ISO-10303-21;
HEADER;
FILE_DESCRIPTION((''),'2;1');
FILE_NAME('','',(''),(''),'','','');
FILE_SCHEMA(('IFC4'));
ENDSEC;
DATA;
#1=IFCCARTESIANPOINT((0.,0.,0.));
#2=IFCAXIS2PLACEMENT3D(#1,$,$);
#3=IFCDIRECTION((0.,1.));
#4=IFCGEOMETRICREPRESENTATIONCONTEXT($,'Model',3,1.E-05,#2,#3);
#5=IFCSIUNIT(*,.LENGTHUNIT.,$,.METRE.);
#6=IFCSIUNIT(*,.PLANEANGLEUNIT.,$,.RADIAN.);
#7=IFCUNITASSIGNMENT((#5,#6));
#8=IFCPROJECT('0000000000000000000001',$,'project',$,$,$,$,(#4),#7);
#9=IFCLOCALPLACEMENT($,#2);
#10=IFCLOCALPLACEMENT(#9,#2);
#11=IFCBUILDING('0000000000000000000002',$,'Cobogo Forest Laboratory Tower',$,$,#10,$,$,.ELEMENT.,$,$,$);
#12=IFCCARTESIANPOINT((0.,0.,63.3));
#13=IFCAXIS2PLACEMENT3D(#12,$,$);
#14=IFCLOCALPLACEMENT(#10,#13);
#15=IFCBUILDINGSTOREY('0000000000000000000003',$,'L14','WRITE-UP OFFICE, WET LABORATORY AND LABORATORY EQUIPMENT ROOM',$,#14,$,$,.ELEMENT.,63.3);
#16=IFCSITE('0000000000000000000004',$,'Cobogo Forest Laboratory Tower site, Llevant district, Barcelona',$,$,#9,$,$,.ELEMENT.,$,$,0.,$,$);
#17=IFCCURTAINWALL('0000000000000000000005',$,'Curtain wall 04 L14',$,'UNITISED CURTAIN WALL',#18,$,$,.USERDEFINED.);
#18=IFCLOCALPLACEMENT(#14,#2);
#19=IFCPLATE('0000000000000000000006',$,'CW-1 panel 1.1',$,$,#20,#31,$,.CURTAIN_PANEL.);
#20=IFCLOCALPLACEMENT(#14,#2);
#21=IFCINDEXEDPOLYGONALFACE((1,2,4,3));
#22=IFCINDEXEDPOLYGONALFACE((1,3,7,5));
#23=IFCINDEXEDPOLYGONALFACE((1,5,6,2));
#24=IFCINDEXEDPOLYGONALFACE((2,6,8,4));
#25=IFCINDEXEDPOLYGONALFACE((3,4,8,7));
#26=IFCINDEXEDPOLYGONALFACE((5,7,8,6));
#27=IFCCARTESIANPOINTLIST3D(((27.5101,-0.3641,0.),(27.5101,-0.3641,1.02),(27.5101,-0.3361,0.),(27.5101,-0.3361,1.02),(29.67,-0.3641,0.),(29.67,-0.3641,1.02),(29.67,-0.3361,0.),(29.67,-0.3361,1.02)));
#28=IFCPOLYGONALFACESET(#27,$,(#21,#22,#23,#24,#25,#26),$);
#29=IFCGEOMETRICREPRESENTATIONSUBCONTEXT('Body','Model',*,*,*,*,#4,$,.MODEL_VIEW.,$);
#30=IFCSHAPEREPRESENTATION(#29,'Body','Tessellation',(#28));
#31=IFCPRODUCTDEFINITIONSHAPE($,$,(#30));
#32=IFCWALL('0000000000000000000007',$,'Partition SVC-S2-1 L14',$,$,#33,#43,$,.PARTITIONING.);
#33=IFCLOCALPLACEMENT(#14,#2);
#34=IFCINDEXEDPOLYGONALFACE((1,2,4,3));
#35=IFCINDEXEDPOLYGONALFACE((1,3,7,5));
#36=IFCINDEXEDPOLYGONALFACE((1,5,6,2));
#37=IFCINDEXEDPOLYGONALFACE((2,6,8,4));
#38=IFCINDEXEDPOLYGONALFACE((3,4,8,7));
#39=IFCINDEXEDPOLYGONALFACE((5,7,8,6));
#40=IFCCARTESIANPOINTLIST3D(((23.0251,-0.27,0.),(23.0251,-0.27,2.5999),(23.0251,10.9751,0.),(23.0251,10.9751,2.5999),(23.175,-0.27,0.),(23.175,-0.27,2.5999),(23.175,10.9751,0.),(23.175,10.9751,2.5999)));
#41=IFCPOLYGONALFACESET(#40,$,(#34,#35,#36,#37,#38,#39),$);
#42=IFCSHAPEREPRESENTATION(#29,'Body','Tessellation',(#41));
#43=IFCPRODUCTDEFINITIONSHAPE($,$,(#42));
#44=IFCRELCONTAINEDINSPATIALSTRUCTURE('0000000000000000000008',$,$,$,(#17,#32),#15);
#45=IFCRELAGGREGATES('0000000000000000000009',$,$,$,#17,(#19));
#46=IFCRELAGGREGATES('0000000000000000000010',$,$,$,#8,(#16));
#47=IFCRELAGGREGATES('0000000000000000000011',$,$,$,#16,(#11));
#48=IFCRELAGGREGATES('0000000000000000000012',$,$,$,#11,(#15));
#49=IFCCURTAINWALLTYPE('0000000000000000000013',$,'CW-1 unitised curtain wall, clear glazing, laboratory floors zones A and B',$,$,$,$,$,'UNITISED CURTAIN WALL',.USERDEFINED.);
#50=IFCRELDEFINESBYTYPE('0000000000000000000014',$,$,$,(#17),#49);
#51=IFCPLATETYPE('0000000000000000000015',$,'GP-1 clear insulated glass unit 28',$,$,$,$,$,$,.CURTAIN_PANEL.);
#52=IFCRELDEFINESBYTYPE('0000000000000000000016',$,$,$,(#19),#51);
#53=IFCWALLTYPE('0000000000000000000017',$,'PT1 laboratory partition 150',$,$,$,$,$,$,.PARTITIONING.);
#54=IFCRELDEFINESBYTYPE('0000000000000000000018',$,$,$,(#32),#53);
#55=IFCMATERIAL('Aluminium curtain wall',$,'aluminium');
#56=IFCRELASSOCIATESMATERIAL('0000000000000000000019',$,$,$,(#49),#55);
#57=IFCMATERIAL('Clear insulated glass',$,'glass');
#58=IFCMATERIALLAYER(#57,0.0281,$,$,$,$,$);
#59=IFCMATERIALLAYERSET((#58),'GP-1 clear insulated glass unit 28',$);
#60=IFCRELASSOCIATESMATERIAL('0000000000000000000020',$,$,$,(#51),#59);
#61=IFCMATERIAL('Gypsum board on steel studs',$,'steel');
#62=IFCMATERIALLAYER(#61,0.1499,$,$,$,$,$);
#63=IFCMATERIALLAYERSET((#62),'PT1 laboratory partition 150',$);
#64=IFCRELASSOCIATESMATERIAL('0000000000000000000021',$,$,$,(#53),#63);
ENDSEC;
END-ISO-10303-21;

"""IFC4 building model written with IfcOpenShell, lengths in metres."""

from ifc_helpers import new_model, si_unit, direction, frame, frame_2d, origin, origin_2d, place, context, subcontext, project, spatial, rectangle, extrude, material, layer, layer_set, type_object, element, aggregate, save


model = new_model("IFC4")

# Units and contexts
model_context = context("Model", 3, precision=1e-05, world=origin(), true_north=direction((0.0, 1.0)))
body_context = subcontext(model_context, "Body", "Model", "MODEL_VIEW")
ifc_project = project(units=[si_unit("LENGTHUNIT", "METRE"), si_unit("PLANEANGLEUNIT", "RADIAN")], contexts=[model_context])

# Site, building, storey
site_placement = place(None, origin())
site = spatial("IfcSite", under=ifc_project, at=site_placement, Name="Cobogo Forest Laboratory Tower site, Llevant district, Barcelona", CompositionType="ELEMENT", RefElevation=0.0)
building_placement = place(site_placement, origin())
building = spatial("IfcBuilding", under=site, at=building_placement, Name="Cobogo Forest Laboratory Tower", CompositionType="ELEMENT")
storey_placement = place(building_placement, frame((0.0, 0.0, 63.3)))
storey = spatial("IfcBuildingStorey", under=building, at=storey_placement, Name="L14", Description="WRITE-UP OFFICE, WET LABORATORY AND LABORATORY EQUIPMENT ROOM", CompositionType="ELEMENT", Elevation=63.3)

# Shared definitions
ifc_material_1 = material(Name="Aluminium curtain wall", Category="aluminium")
curtain_wall_type = type_object("IfcCurtainWallType", Name="CW-1 unitised curtain wall, clear glazing, laboratory floors zones A and B", ElementType="UNITISED CURTAIN WALL", PredefinedType="USERDEFINED", material=ifc_material_1)

# Curtain wall
curtain_wall_1_placement = place(storey_placement, origin())
curtain_wall_1 = element("IfcCurtainWall", 1, at=curtain_wall_1_placement, inside=storey, type_object=curtain_wall_type, Name="Curtain wall 04 L14", ObjectType="UNITISED CURTAIN WALL", PredefinedType="USERDEFINED")

# Plate
ifc_material_2 = material(Name="Clear insulated glass", Category="glass")
ifc_layer_1 = layer(ifc_material_2, 0.0281)
ifc_layer_set_1 = layer_set([ifc_layer_1], Name="GP-1 clear insulated glass unit 28")
plate_type_1 = type_object("IfcPlateType", Name="GP-1 clear insulated glass unit 28", PredefinedType="CURTAIN_PANEL", material=ifc_layer_set_1)
plate_1_placement = place(storey_placement, frame((28.5901, -0.3501, 0.0), z_axis=(0.0, 0.0, 1.0), x_axis=(1.0, 0.0, 0.0)))
plate_1 = element("IfcPlate", 2, at=plate_1_placement, type_object=plate_type_1, Name="CW-1 panel 1.1", PredefinedType="CURTAIN_PANEL", context=body_context, shape_type="SweptSolid", body=[
    extrude(rectangle(XDim=2.1599, YDim=0.0281, at=origin_2d()), origin(), (0.0, 0.0, 1.0), 1.02),
])
aggregate(curtain_wall_1, [plate_1])

# Wall
ifc_material_3 = material(Name="Gypsum board on steel studs", Category="steel")
ifc_layer_2 = layer(ifc_material_3, 0.1499)
ifc_layer_set_2 = layer_set([ifc_layer_2], Name="PT1 laboratory partition 150")
wall_type = type_object("IfcWallType", Name="PT1 laboratory partition 150", PredefinedType="PARTITIONING", material=ifc_layer_set_2)
wall_placement = place(storey_placement, frame((23.1001, -0.27, 0.0), z_axis=(0.0, 0.0, 1.0), x_axis=(0.0, 1.0, 0.0)))
element("IfcWall", 3, at=wall_placement, inside=storey, type_object=wall_type, Name="Partition SVC-S2-1 L14", PredefinedType="PARTITIONING", context=body_context, shape_type="SweptSolid", body=[
    extrude(rectangle(XDim=11.2451, YDim=0.1499, at=frame_2d((5.6226, 0.0))), origin(), (0.0, 0.0, 1.0), 2.5999),
])

save(model, "model.ifc")
